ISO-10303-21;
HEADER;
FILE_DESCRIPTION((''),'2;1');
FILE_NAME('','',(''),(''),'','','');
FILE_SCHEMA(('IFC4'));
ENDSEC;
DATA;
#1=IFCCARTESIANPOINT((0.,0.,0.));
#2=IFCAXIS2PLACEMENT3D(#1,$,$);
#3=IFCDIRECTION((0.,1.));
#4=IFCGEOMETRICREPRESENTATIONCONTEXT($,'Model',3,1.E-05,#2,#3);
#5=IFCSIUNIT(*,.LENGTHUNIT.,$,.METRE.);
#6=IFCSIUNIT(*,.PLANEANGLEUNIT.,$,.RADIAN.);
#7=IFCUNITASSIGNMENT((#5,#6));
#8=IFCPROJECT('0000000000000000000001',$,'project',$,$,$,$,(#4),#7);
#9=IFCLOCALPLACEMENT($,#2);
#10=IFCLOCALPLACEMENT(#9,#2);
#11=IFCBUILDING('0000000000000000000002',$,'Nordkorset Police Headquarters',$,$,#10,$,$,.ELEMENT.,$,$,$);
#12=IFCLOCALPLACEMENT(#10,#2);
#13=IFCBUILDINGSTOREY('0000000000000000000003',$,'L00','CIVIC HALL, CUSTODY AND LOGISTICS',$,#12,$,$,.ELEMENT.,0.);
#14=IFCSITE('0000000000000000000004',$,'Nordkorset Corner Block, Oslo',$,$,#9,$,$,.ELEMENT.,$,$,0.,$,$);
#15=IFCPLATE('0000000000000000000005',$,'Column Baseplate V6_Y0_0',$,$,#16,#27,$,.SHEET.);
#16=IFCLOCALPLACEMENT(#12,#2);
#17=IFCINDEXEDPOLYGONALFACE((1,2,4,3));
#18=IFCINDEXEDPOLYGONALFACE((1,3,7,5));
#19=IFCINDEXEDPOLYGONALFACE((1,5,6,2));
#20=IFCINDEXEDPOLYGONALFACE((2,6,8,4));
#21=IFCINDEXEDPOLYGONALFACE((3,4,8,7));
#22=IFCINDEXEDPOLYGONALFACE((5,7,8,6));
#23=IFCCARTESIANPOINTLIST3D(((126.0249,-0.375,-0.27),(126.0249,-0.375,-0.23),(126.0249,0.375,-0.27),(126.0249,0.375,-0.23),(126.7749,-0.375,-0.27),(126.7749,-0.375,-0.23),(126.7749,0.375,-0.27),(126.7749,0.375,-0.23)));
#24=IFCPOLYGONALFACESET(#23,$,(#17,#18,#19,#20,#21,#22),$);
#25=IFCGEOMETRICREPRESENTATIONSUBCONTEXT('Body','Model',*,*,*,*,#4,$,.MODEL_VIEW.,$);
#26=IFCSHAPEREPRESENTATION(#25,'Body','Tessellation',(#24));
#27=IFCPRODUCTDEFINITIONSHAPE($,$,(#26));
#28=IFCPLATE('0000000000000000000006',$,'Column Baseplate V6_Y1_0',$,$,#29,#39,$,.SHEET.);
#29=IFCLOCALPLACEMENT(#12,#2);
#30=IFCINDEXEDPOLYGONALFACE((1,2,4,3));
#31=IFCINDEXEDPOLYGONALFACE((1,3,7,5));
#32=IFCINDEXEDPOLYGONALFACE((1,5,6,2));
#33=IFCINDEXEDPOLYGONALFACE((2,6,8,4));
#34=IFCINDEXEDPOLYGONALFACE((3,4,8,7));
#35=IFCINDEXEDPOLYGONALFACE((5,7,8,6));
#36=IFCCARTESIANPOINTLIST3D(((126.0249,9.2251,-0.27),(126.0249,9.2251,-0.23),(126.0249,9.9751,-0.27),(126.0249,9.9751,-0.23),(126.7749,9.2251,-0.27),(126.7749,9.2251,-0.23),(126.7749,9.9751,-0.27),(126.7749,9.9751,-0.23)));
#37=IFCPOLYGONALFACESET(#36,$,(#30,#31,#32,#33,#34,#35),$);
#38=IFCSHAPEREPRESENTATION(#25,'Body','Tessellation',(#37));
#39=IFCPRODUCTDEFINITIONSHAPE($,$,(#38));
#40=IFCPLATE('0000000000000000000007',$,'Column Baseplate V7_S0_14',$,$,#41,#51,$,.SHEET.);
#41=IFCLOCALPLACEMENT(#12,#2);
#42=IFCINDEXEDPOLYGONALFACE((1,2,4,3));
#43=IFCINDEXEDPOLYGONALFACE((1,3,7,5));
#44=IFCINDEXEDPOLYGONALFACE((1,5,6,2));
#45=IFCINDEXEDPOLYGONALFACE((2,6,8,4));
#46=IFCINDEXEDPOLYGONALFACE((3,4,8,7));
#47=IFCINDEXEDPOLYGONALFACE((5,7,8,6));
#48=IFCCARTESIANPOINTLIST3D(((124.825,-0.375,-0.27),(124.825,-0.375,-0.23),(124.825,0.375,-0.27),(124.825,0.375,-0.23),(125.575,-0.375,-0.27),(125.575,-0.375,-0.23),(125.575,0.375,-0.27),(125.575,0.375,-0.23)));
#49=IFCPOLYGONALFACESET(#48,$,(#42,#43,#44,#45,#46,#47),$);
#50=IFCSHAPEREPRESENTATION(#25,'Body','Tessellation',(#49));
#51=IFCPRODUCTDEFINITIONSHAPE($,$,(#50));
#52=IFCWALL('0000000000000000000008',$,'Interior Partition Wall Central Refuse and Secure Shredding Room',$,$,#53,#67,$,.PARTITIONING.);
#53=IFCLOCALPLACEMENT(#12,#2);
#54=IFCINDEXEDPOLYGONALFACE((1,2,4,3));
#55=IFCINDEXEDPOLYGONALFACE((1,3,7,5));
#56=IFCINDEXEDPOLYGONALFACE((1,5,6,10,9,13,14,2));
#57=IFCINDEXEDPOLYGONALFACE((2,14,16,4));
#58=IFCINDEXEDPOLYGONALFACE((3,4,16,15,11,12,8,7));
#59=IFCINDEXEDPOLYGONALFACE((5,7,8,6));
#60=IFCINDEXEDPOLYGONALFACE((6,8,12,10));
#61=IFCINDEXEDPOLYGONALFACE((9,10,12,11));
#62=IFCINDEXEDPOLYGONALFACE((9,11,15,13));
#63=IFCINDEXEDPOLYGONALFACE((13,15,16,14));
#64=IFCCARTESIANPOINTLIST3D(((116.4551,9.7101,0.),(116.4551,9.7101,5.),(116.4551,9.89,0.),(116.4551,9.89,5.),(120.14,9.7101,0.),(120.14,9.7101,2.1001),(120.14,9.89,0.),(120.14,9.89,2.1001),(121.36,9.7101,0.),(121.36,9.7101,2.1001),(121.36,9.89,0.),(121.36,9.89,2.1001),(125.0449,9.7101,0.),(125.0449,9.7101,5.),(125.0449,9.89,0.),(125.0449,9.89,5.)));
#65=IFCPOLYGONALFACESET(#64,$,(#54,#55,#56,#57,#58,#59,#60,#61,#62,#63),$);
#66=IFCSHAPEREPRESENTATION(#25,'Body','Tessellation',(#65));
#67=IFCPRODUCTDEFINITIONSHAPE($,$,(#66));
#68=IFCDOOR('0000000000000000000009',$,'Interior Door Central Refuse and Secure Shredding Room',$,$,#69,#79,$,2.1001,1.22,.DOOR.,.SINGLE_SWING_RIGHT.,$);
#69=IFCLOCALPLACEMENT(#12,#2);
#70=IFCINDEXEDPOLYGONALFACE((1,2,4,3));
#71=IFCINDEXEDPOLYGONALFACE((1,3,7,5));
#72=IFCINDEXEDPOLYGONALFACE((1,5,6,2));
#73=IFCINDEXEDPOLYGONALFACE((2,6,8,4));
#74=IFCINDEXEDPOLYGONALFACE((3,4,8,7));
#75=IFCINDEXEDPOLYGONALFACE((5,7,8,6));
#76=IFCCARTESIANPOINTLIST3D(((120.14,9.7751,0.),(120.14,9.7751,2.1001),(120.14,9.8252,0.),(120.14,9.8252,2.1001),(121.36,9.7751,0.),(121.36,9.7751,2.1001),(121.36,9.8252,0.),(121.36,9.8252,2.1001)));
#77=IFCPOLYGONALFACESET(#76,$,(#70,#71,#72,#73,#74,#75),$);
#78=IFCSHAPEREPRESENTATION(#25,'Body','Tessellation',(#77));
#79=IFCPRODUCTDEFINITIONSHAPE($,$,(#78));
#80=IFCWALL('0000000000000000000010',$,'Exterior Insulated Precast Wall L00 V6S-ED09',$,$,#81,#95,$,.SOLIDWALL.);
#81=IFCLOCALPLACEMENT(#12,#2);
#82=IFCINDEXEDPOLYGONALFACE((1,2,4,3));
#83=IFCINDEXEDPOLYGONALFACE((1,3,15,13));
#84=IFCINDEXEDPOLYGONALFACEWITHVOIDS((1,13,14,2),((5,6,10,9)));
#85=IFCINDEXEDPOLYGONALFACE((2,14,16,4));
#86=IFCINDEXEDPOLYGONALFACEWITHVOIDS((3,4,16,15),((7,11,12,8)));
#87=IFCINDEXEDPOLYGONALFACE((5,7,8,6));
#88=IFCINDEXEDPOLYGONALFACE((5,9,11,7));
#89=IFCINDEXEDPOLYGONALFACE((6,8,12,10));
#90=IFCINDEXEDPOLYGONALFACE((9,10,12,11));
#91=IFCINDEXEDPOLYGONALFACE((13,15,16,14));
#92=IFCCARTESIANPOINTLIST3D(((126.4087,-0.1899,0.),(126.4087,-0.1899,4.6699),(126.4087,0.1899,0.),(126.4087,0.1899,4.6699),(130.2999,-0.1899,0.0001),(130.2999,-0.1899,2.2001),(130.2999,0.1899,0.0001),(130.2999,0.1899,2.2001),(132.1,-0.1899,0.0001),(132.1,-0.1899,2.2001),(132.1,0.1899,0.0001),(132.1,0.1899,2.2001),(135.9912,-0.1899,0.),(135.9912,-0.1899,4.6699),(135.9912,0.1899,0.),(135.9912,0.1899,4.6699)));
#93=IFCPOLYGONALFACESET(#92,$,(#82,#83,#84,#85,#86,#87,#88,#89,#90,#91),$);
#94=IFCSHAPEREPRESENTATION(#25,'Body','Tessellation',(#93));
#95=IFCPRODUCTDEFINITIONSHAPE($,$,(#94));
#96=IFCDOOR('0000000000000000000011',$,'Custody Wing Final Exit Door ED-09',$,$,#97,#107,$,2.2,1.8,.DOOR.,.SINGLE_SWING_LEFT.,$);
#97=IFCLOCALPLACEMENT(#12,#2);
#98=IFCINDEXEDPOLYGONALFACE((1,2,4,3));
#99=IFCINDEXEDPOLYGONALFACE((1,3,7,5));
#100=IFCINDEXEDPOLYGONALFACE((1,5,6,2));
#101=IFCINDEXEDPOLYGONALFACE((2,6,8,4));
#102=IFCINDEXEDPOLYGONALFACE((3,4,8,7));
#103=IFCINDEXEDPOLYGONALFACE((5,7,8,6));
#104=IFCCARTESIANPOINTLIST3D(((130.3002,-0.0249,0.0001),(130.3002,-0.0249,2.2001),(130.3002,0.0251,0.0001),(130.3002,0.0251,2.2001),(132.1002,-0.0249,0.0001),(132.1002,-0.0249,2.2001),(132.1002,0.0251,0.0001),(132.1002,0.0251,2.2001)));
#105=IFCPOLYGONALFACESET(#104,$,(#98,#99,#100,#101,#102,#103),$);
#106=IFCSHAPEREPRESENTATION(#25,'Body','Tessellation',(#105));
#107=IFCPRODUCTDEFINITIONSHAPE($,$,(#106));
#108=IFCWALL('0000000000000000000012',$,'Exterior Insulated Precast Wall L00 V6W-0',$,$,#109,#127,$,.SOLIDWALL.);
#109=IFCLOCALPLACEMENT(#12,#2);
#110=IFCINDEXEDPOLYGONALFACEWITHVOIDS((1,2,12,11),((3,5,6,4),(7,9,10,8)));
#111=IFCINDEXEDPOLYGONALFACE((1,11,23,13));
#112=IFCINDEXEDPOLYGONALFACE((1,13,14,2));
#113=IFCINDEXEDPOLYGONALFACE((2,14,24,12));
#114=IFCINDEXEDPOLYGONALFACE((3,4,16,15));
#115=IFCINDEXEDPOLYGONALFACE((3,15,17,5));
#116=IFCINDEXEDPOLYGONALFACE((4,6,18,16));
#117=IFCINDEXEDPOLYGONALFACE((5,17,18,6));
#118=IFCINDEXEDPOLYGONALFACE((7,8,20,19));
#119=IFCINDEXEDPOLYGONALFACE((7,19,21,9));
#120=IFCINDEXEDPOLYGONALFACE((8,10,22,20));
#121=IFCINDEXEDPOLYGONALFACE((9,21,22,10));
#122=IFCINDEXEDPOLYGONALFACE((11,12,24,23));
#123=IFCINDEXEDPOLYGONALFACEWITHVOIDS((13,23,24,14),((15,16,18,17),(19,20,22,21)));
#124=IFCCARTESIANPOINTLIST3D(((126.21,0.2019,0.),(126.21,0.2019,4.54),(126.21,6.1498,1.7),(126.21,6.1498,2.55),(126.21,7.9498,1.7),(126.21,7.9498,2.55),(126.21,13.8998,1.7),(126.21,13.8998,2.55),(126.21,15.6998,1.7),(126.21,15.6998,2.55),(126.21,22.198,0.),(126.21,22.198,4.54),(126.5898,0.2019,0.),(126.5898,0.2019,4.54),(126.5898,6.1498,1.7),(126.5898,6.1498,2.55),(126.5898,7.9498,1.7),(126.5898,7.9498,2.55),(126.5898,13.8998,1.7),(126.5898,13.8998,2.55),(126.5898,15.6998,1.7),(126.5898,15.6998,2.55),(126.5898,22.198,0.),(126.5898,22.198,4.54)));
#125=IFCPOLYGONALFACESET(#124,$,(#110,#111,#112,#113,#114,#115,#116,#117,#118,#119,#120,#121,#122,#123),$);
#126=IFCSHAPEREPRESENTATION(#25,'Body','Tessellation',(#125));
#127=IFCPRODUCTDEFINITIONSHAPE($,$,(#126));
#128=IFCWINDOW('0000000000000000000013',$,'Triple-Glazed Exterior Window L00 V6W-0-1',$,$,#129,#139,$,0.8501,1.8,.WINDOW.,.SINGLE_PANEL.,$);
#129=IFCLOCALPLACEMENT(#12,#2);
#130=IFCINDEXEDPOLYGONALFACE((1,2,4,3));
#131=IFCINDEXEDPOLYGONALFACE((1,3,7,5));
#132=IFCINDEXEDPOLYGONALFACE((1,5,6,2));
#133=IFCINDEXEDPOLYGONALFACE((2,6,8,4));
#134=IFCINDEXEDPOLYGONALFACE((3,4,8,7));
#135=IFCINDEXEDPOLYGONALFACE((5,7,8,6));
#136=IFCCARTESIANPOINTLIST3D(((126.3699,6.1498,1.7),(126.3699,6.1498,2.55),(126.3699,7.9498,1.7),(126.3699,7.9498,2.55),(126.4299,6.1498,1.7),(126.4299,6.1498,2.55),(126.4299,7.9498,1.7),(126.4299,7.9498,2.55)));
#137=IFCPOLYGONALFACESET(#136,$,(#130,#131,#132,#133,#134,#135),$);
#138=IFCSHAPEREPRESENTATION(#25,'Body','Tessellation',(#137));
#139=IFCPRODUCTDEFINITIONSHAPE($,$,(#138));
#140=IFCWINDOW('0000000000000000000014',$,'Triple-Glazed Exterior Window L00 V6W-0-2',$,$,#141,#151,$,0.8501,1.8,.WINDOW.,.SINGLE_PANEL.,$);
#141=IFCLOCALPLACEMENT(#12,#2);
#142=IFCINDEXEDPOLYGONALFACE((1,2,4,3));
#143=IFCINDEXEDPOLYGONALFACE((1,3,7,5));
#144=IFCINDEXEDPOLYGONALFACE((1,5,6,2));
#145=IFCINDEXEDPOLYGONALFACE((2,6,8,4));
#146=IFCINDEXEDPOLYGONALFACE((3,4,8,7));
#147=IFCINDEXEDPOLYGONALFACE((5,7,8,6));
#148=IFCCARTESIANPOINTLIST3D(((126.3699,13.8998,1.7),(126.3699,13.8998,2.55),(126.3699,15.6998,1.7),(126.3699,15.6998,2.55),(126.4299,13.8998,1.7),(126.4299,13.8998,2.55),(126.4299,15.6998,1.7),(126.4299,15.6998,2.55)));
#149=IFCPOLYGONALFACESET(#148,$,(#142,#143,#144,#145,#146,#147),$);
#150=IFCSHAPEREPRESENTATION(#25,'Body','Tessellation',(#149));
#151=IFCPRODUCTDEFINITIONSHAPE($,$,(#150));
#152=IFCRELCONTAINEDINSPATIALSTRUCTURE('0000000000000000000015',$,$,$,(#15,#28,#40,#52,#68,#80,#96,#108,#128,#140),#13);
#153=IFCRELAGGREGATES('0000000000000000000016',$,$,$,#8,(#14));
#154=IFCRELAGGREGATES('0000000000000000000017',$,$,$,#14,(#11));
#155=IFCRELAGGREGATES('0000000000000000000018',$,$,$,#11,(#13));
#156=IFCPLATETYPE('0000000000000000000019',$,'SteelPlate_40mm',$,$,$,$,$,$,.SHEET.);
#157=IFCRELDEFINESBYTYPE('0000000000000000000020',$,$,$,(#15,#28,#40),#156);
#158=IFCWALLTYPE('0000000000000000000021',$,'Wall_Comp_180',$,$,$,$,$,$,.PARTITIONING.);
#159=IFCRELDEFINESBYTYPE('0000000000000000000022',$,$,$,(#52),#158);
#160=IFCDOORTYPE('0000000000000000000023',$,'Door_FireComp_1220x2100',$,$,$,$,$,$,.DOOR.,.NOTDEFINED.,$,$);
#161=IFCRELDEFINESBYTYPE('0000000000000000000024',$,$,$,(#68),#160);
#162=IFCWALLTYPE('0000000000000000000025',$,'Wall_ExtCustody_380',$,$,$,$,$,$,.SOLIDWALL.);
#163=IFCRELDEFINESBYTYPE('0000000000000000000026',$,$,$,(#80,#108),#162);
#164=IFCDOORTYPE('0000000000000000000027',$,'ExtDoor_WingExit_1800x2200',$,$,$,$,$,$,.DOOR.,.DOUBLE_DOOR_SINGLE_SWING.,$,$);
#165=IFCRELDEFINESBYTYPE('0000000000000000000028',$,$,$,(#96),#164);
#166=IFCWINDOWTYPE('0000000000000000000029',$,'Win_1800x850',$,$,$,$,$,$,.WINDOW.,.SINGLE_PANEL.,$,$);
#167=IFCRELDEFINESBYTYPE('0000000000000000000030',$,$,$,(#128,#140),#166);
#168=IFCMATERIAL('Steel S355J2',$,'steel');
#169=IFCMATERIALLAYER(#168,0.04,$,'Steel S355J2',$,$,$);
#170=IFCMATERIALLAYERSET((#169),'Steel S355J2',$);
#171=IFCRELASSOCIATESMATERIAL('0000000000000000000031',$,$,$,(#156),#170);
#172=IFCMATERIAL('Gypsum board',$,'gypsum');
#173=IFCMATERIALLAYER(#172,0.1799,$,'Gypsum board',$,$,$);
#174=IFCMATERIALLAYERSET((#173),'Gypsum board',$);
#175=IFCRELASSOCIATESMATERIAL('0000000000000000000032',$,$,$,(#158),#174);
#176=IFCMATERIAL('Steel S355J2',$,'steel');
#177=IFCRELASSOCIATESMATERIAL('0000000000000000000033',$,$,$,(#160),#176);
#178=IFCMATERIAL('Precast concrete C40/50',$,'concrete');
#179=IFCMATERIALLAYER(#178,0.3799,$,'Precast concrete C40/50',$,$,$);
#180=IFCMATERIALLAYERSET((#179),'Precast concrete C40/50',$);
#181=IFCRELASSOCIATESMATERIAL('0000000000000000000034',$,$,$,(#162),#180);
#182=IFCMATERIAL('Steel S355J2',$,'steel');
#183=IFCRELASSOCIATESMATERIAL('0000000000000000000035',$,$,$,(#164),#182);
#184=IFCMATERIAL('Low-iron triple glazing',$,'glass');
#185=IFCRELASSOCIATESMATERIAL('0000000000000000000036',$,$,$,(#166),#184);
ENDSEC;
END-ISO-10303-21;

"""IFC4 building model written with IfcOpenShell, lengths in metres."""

from ifc_helpers import new_model, si_unit, direction, frame, frame_2d, origin, origin_2d, place, context, subcontext, project, spatial, rectangle, extrude, material, layer, layer_set, type_object, element, fill, save


model = new_model("IFC4")

# Units and contexts
model_context = context("Model", 3, precision=1e-05, world=origin(), true_north=direction((0.0, 1.0)))
body_context = subcontext(model_context, "Body", "Model", "MODEL_VIEW")
ifc_project = project(units=[si_unit("LENGTHUNIT", "METRE"), si_unit("PLANEANGLEUNIT", "RADIAN")], contexts=[model_context])

# Site, building, storey
site_placement = place(None, origin())
site = spatial("IfcSite", under=ifc_project, at=site_placement, Name="Nordkorset Corner Block, Oslo", CompositionType="ELEMENT", RefElevation=0.0)
building_placement = place(site_placement, origin())
building = spatial("IfcBuilding", under=site, at=building_placement, Name="Nordkorset Police Headquarters", CompositionType="ELEMENT")
storey_placement = place(building_placement, origin())
storey = spatial("IfcBuildingStorey", under=building, at=storey_placement, Name="L00", Description="CIVIC HALL, CUSTODY AND LOGISTICS", CompositionType="ELEMENT", Elevation=0.0)

# Plates
ifc_material_1 = material(Name="Steel S355J2", Category="steel")
ifc_layer_1 = layer(ifc_material_1, 0.04, Name="Steel S355J2")
ifc_layer_set_1 = layer_set([ifc_layer_1], Name="Steel S355J2")
plate_type = type_object("IfcPlateType", Name="SteelPlate_40mm", PredefinedType="SHEET", material=ifc_layer_set_1)
for number, where, z_axis, x_axis, name in (
    (1, (126.3999, 0.0, -0.27), (0.0, 0.0, 1.0), (1.0, 0.0, 0.0), "Column Baseplate V6_Y0_0"),
    (2, (126.3999, 9.6001, -0.27), (0.0, 0.0, 1.0), (1.0, 0.0, 0.0), "Column Baseplate V6_Y1_0"),
    (3, (125.2, 0.0, -0.27), (0.0, 0.0, 1.0), (1.0, 0.0, 0.0), "Column Baseplate V7_S0_14"),
):
    element("IfcPlate", number, at=place(storey_placement, frame(where, z_axis=z_axis, x_axis=x_axis)), inside=storey, type_object=plate_type, Name=name, PredefinedType="SHEET", context=body_context, shape_type="SweptSolid", body=[
        extrude(rectangle(XDim=0.75, YDim=0.75, at=origin_2d()), origin(), (0.0, 0.0, 1.0), 0.04),
    ])

# Walls, openings, doors
ifc_material_2 = material(Name="Gypsum board", Category="gypsum")
ifc_layer_2 = layer(ifc_material_2, 0.1799, Name="Gypsum board")
ifc_layer_set_2 = layer_set([ifc_layer_2], Name="Gypsum board")
wall_type_1 = type_object("IfcWallType", Name="Wall_Comp_180", PredefinedType="PARTITIONING", material=ifc_layer_set_2)
wall_1_placement = place(storey_placement, frame((125.0449, 9.8, 0.0), z_axis=(0.0, 0.0, 1.0), x_axis=(-1.0, 0.0, 0.0)))
wall_1 = element("IfcWall", 4, at=wall_1_placement, inside=storey, type_object=wall_type_1, Name="Interior Partition Wall Central Refuse and Secure Shredding Room", PredefinedType="PARTITIONING", context=body_context, shape_type="SweptSolid", body=[
    extrude(rectangle(XDim=8.5898, YDim=0.1799, at=frame_2d((4.2949, 0.0))), origin(), (0.0, 0.0, 1.0), 5.0),
])
opening_1_placement = place(wall_1_placement, frame((3.6851, 0.0, 0.0)))
opening_1 = element("IfcOpeningElement", 5, at=opening_1_placement, cuts=wall_1, PredefinedType="OPENING", context=body_context, shape_type="SweptSolid", body=[
    extrude(rectangle(XDim=1.22, YDim=2.1001, at=frame_2d((0.6099, 1.05))), frame((0.0, 0.1001, 0.0), z_axis=(0.0, -1.0, 0.0), x_axis=(1.0, 0.0, 0.0)), (0.0, 0.0, 1.0), 0.2),
])
ifc_material_3 = material(Name="Steel S355J2", Category="steel")
door_type_1 = type_object("IfcDoorType", Name="Door_FireComp_1220x2100", OperationType="NOTDEFINED", PredefinedType="DOOR", material=ifc_material_3)
door_1_placement = place(opening_1_placement, origin())
door_1 = element("IfcDoor", 6, at=door_1_placement, inside=storey, type_object=door_type_1, Name="Interior Door Central Refuse and Secure Shredding Room", OperationType="SINGLE_SWING_RIGHT", OverallHeight=2.1001, OverallWidth=1.22, PredefinedType="DOOR", context=body_context, shape_type="SweptSolid", body=[
    extrude(rectangle(XDim=1.22, YDim=2.1001, at=frame_2d((0.6099, 1.05))), frame((0.0, 0.0249, 0.0), z_axis=(0.0, -1.0, 0.0), x_axis=(1.0, 0.0, 0.0)), (0.0, 0.0, 1.0), 0.05),
])
fill(opening_1, door_1)
ifc_material_4 = material(Name="Precast concrete C40/50", Category="concrete")
ifc_layer_3 = layer(ifc_material_4, 0.3799, Name="Precast concrete C40/50")
ifc_layer_set_3 = layer_set([ifc_layer_3], Name="Precast concrete C40/50")
wall_type_2 = type_object("IfcWallType", Name="Wall_ExtCustody_380", PredefinedType="SOLIDWALL", material=ifc_layer_set_3)
wall_2_placement = place(storey_placement, frame((126.4087, 0.0, 0.0), z_axis=(0.0, 0.0, 1.0), x_axis=(1.0, 0.0, 0.0)))
wall_2 = element("IfcWall", 7, at=wall_2_placement, inside=storey, type_object=wall_type_2, Name="Exterior Insulated Precast Wall L00 V6S-ED09", PredefinedType="SOLIDWALL", context=body_context, shape_type="SweptSolid", body=[
    extrude(rectangle(XDim=9.5825, YDim=0.3799, at=frame_2d((4.7913, 0.0))), origin(), (0.0, 0.0, 1.0), 4.6699),
])
opening_2_placement = place(wall_2_placement, frame((3.8914, 0.0, 0.0)))
opening_2 = element("IfcOpeningElement", 8, at=opening_2_placement, cuts=wall_2, PredefinedType="OPENING", context=body_context, shape_type="SweptSolid", body=[
    extrude(rectangle(XDim=1.8, YDim=2.2, at=frame_2d((0.8999, 1.1001))), frame((0.0, 0.2, 0.0), z_axis=(0.0, -1.0, 0.0), x_axis=(1.0, 0.0, 0.0)), (0.0, 0.0, 1.0), 0.3999),
])
ifc_material_5 = material(Name="Steel S355J2", Category="steel")
door_type_2 = type_object("IfcDoorType", Name="ExtDoor_WingExit_1800x2200", OperationType="DOUBLE_DOOR_SINGLE_SWING", PredefinedType="DOOR", material=ifc_material_5)
door_2_placement = place(opening_2_placement, frame((1.8, 0.0, 0.0), z_axis=(0.0, 0.0, 1.0), x_axis=(-1.0, 0.0, 0.0)))
door_2 = element("IfcDoor", 9, at=door_2_placement, inside=storey, type_object=door_type_2, Name="Custody Wing Final Exit Door ED-09", OperationType="SINGLE_SWING_LEFT", OverallHeight=2.2, OverallWidth=1.8, PredefinedType="DOOR", context=body_context, shape_type="SweptSolid", body=[
    extrude(rectangle(XDim=1.8, YDim=2.2, at=frame_2d((0.8999, 1.1001))), frame((0.0, 0.0249, 0.0), z_axis=(0.0, -1.0, 0.0), x_axis=(1.0, 0.0, 0.0)), (0.0, 0.0, 1.0), 0.05),
])
fill(opening_2, door_2)

# Wall, openings, windows
wall_3_placement = place(storey_placement, frame((126.3999, 0.2019, 0.0), z_axis=(0.0, 0.0, 1.0), x_axis=(0.0, 1.0, 0.0)))
wall_3 = element("IfcWall", 10, at=wall_3_placement, inside=storey, type_object=wall_type_2, Name="Exterior Insulated Precast Wall L00 V6W-0", PredefinedType="SOLIDWALL", context=body_context, shape_type="SweptSolid", body=[
    extrude(rectangle(XDim=21.9961, YDim=0.3799, at=frame_2d((10.998, 0.0))), origin(), (0.0, 0.0, 1.0), 4.54),
])
opening_3_placement = place(wall_3_placement, frame((5.948, 0.0, 1.7)))
opening_3 = element("IfcOpeningElement", 11, at=opening_3_placement, cuts=wall_3, PredefinedType="OPENING", context=body_context, shape_type="SweptSolid", body=[
    extrude(rectangle(XDim=1.8, YDim=0.8501, at=frame_2d((0.8999, 0.425))), frame((0.0, 0.2, 0.0), z_axis=(0.0, -1.0, 0.0), x_axis=(1.0, 0.0, 0.0)), (0.0, 0.0, 1.0), 0.3999),
])
opening_4_placement = place(wall_3_placement, frame((13.698, 0.0, 1.7)))
opening_4 = element("IfcOpeningElement", 12, at=opening_4_placement, cuts=wall_3, PredefinedType="OPENING", context=body_context, shape_type="SweptSolid", body=[
    extrude(rectangle(XDim=1.8, YDim=0.8501, at=frame_2d((0.8999, 0.425))), frame((0.0, 0.2, 0.0), z_axis=(0.0, -1.0, 0.0), x_axis=(1.0, 0.0, 0.0)), (0.0, 0.0, 1.0), 0.3999),
])
ifc_material_6 = material(Name="Low-iron triple glazing", Category="glass")
window_type_1 = type_object("IfcWindowType", Name="Win_1800x850", PartitioningType="SINGLE_PANEL", PredefinedType="WINDOW", material=ifc_material_6)
window_1_placement = place(opening_3_placement, origin())
window_1 = element("IfcWindow", 13, at=window_1_placement, inside=storey, type_object=window_type_1, Name="Triple-Glazed Exterior Window L00 V6W-0-1", OverallHeight=0.8501, OverallWidth=1.8, PartitioningType="SINGLE_PANEL", PredefinedType="WINDOW", context=body_context, shape_type="SweptSolid", body=[
    extrude(rectangle(XDim=1.8, YDim=0.8501, at=frame_2d((0.8999, 0.425))), frame((0.0, 0.03, 0.0), z_axis=(0.0, -1.0, 0.0), x_axis=(1.0, 0.0, 0.0)), (0.0, 0.0, 1.0), 0.0601),
])
fill(opening_3, window_1)
window_2_placement = place(opening_4_placement, origin())
window_2 = element("IfcWindow", 14, at=window_2_placement, inside=storey, type_object=window_type_1, Name="Triple-Glazed Exterior Window L00 V6W-0-2", OverallHeight=0.8501, OverallWidth=1.8, PartitioningType="SINGLE_PANEL", PredefinedType="WINDOW", context=body_context, shape_type="SweptSolid", body=[
    extrude(rectangle(XDim=1.8, YDim=0.8501, at=frame_2d((0.8999, 0.425))), frame((0.0, 0.03, 0.0), z_axis=(0.0, -1.0, 0.0), x_axis=(1.0, 0.0, 0.0)), (0.0, 0.0, 1.0), 0.0601),
])
fill(opening_4, window_2)

save(model, "model.ifc")
